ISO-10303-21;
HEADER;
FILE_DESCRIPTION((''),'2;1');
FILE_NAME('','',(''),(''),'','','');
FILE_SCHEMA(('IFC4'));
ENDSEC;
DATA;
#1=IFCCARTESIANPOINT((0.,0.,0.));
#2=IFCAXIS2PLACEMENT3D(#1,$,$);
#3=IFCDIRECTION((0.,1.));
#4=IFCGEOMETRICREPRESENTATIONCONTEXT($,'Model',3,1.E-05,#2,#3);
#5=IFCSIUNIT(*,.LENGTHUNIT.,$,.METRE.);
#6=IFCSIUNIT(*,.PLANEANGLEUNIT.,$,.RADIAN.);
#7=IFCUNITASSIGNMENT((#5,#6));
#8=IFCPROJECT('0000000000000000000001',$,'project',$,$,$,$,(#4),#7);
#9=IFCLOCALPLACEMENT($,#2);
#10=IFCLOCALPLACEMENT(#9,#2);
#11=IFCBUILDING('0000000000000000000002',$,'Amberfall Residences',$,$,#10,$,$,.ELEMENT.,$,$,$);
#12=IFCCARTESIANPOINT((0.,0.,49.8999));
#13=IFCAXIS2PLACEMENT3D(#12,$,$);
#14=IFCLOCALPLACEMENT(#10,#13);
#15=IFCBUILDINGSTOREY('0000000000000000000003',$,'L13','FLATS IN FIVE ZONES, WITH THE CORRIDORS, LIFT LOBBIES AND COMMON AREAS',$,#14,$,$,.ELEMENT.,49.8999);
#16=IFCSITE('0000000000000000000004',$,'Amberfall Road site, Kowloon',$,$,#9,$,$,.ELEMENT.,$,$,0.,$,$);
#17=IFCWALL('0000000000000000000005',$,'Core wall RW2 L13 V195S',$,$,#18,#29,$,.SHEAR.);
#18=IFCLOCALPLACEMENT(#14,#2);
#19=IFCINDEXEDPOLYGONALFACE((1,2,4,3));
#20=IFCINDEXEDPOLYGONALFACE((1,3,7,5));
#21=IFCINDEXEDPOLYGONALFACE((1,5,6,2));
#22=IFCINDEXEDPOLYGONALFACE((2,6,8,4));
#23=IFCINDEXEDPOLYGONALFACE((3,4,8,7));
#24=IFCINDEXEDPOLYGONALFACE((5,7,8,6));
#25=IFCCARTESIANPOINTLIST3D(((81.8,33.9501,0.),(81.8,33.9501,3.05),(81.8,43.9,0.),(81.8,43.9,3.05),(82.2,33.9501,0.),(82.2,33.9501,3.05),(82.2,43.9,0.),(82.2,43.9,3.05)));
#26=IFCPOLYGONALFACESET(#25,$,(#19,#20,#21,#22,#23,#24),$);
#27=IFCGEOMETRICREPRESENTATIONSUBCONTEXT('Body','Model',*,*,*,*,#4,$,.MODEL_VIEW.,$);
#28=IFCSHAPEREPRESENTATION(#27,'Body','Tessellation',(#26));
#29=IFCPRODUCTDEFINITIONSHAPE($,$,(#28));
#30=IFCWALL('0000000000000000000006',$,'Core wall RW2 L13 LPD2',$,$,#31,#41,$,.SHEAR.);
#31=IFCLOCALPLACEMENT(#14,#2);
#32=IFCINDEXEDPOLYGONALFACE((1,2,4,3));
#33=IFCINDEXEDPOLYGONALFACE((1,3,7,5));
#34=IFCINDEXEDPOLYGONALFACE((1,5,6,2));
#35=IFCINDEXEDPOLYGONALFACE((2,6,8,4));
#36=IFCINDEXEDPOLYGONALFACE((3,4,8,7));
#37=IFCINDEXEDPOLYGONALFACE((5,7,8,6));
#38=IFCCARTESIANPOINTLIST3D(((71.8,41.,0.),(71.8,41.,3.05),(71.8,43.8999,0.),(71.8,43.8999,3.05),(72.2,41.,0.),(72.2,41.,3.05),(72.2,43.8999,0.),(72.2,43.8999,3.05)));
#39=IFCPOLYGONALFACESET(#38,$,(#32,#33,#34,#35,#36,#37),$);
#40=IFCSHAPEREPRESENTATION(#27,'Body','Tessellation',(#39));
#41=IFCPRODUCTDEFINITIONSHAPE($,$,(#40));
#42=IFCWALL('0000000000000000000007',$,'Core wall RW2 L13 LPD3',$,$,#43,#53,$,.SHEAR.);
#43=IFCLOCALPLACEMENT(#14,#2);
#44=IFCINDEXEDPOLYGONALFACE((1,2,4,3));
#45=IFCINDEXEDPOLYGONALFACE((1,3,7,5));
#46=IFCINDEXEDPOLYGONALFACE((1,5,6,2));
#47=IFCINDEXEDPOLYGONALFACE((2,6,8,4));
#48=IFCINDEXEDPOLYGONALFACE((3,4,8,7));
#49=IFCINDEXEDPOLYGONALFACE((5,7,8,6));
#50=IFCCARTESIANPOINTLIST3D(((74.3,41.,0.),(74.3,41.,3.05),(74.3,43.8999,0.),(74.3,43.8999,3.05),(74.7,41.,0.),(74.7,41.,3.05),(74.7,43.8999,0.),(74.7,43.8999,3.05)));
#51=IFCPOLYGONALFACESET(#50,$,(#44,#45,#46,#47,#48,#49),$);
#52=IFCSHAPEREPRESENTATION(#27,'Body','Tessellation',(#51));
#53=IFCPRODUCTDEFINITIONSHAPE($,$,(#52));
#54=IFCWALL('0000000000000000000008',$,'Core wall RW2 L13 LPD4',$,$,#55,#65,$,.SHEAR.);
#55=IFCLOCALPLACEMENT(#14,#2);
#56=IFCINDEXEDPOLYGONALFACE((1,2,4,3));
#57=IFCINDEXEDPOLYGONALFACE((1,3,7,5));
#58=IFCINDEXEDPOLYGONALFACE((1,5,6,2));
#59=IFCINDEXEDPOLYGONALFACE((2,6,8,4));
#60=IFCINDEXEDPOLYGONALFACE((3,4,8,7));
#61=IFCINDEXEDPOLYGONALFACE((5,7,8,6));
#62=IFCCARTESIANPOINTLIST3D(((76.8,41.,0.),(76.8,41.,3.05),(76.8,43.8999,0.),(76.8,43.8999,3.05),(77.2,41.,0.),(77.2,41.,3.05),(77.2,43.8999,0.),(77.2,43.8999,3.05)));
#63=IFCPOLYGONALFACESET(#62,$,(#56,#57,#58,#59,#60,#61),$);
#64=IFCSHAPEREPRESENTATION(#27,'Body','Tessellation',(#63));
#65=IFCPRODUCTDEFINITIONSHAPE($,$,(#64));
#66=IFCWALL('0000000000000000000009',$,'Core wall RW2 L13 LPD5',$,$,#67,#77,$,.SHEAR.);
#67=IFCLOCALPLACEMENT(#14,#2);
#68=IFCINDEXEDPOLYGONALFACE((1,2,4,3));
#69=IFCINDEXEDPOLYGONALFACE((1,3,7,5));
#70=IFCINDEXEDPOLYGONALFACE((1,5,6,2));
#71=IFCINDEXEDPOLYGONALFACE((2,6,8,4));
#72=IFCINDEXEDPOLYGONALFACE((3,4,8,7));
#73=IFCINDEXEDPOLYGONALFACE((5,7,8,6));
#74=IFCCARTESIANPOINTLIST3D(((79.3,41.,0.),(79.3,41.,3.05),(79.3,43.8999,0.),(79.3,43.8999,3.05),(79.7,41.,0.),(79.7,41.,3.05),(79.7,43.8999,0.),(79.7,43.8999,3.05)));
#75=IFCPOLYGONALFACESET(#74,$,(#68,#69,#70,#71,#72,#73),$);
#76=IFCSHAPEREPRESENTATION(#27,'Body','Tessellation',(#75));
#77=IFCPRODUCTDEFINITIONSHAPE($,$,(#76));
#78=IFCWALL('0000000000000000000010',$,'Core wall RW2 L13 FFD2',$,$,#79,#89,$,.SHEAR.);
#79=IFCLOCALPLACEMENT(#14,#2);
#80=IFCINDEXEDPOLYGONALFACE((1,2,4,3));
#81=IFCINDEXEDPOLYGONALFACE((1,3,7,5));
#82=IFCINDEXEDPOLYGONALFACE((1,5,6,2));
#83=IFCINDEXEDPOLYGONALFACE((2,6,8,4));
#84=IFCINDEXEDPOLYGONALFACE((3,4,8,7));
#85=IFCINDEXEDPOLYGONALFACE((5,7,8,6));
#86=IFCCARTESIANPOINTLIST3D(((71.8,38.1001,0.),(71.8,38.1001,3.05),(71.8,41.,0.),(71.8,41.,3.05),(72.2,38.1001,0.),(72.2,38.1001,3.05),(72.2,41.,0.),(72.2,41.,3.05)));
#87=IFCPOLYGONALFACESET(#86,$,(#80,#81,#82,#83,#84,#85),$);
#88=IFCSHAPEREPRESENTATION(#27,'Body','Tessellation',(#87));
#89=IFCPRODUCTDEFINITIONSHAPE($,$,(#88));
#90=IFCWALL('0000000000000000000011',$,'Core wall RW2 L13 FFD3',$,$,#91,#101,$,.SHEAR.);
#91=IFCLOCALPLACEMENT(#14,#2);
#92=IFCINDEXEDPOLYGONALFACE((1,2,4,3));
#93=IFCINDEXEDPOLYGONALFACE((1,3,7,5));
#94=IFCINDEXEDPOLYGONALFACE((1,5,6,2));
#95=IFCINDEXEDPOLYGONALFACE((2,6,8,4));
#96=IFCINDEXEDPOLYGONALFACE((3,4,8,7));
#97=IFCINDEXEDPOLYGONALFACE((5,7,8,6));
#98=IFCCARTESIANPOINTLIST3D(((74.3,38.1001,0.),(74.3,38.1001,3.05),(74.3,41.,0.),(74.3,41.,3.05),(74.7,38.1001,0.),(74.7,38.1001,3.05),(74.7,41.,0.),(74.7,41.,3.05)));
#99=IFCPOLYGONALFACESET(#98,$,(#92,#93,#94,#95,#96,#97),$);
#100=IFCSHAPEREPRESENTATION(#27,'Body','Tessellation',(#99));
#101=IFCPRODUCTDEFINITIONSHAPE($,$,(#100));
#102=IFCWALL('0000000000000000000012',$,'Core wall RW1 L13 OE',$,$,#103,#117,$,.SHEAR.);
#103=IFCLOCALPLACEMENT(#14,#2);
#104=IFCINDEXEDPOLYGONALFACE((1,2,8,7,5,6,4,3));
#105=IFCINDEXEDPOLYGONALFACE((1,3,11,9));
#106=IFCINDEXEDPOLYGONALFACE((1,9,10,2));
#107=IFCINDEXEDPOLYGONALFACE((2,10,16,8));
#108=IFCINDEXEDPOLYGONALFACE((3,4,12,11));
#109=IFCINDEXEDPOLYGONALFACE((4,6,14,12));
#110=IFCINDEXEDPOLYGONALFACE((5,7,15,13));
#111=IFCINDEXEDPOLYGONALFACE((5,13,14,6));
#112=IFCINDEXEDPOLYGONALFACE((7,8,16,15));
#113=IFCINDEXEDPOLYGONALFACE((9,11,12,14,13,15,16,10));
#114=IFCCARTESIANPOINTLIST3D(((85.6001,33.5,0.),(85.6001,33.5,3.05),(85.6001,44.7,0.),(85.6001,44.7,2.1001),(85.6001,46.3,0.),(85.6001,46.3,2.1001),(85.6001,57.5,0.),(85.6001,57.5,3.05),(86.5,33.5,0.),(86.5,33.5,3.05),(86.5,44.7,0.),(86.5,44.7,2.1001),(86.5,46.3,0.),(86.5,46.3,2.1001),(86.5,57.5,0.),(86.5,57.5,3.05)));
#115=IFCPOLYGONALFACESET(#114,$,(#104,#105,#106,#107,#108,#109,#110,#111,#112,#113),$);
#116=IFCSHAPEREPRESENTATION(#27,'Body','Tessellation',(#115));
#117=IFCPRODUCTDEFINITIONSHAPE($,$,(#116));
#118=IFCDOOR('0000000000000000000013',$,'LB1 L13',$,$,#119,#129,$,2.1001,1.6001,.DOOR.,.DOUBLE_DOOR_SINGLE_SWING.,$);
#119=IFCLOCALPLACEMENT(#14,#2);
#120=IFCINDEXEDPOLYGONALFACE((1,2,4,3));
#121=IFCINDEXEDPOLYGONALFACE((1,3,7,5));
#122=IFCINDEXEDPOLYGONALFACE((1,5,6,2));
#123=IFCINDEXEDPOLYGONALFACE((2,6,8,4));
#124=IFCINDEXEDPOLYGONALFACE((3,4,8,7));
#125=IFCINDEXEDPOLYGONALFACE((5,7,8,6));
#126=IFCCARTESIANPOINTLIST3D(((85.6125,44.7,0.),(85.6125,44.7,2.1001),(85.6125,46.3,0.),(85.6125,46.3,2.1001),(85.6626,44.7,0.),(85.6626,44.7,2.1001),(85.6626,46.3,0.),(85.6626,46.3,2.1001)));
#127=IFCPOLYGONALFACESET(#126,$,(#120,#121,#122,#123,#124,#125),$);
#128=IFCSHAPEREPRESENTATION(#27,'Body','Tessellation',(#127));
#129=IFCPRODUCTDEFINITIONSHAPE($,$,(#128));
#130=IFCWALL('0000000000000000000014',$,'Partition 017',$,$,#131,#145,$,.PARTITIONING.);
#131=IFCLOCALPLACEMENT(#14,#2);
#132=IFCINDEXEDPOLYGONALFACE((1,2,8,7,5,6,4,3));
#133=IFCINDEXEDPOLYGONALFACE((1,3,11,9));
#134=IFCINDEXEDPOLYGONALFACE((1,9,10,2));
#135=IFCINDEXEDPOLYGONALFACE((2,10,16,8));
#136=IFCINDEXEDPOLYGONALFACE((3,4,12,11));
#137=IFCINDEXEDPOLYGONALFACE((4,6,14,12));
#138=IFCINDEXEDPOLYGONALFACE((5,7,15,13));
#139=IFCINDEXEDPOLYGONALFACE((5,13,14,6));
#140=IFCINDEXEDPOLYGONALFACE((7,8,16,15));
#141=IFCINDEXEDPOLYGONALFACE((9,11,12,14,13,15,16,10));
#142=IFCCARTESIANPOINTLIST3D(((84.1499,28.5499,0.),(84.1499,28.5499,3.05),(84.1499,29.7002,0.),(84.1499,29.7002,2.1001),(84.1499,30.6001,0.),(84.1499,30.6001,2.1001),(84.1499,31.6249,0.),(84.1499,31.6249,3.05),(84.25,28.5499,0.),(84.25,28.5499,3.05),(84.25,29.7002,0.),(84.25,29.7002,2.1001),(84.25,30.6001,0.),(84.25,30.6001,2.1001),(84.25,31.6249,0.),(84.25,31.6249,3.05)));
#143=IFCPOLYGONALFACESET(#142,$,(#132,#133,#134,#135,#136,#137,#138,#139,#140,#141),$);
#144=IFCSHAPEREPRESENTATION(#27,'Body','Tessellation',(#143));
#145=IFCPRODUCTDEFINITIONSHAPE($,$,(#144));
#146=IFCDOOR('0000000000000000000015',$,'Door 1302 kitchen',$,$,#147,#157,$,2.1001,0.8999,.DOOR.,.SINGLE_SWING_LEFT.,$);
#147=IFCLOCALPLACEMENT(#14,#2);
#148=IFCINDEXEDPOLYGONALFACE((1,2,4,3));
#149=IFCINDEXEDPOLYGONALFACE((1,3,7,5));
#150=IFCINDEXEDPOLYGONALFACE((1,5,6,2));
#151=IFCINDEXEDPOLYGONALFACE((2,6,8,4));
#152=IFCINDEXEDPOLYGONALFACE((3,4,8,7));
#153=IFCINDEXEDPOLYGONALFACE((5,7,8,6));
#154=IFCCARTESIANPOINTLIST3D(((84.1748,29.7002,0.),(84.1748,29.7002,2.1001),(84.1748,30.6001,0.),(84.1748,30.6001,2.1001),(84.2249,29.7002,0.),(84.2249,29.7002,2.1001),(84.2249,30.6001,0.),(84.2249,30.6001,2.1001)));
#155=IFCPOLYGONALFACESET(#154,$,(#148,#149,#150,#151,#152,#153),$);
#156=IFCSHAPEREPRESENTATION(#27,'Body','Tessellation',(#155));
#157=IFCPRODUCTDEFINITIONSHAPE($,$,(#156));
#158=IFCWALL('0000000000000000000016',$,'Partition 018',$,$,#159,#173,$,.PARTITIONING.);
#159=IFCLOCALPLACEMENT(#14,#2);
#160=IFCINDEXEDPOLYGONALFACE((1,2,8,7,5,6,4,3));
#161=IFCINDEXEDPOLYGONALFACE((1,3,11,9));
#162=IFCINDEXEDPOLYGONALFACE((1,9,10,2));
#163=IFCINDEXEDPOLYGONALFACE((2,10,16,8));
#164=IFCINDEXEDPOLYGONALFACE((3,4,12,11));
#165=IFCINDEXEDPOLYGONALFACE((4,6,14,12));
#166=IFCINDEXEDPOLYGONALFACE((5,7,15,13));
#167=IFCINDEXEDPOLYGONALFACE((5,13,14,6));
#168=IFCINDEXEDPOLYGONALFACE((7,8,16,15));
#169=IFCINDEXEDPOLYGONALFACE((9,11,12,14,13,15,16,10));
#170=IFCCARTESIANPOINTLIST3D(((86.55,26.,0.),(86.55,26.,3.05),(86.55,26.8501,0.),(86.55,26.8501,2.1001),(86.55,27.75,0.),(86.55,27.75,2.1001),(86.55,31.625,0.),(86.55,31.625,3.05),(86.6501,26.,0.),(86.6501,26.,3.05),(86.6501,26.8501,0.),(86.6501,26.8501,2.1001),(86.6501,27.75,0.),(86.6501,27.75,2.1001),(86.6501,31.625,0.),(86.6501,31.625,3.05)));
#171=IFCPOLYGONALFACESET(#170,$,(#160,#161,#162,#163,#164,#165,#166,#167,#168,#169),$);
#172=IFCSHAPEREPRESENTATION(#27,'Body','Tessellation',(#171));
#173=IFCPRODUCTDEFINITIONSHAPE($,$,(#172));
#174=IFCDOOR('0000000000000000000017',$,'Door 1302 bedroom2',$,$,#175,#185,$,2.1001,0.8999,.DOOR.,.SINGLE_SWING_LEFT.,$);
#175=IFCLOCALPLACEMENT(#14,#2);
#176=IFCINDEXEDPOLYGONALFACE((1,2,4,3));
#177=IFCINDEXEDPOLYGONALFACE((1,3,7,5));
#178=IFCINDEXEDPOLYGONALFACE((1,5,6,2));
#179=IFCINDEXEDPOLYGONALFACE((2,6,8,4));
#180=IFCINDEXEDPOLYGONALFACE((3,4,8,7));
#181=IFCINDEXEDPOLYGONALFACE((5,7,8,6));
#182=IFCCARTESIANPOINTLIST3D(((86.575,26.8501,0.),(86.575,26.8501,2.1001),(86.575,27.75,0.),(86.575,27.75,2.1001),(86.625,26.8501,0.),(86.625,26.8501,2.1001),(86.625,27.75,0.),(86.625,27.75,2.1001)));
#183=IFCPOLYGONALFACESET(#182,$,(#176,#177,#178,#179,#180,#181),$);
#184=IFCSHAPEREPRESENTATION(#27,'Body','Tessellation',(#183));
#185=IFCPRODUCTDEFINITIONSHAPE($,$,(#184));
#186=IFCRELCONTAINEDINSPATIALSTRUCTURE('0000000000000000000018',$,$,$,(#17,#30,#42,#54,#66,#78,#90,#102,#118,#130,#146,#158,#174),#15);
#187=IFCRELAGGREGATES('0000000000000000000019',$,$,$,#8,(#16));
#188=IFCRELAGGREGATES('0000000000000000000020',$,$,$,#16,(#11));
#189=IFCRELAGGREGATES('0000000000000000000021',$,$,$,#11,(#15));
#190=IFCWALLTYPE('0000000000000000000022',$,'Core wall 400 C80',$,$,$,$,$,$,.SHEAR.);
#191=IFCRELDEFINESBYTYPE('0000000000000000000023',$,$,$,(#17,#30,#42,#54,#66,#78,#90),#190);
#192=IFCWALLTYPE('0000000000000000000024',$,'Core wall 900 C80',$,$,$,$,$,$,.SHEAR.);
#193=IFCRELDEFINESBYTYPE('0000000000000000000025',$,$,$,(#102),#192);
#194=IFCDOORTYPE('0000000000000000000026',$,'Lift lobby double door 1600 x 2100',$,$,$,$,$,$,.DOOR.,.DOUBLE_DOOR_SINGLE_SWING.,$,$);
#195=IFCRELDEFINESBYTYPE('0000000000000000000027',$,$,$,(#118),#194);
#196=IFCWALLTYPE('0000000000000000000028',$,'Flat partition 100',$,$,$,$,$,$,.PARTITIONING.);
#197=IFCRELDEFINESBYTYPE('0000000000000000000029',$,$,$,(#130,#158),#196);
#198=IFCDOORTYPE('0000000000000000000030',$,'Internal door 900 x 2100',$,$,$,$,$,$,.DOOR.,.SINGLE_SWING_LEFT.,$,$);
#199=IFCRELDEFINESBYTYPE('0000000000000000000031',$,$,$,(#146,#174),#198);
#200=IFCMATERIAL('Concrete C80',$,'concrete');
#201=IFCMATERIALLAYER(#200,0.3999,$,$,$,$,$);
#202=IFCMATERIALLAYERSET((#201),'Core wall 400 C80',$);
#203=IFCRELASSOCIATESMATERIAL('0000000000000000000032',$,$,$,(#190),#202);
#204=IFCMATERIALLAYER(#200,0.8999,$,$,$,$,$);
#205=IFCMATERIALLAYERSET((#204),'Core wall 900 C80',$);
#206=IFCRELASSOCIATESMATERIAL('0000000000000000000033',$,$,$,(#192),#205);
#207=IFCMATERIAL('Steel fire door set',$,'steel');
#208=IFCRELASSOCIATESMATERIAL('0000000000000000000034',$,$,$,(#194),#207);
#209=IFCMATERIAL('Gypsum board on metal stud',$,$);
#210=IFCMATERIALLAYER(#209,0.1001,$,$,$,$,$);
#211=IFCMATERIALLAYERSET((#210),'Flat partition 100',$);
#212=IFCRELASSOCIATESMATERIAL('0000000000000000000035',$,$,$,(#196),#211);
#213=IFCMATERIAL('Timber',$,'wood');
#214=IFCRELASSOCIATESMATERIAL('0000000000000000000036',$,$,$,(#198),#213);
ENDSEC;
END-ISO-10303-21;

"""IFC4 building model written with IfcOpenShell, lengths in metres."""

from ifc_helpers import new_model, si_unit, direction, frame, frame_2d, origin, place, context, subcontext, project, spatial, rectangle, extrude, material, layer, layer_set, type_object, element, fill, save


model = new_model("IFC4")

# Units and contexts
model_context = context("Model", 3, precision=1e-05, world=origin(), true_north=direction((0.0, 1.0)))
body_context = subcontext(model_context, "Body", "Model", "MODEL_VIEW")
ifc_project = project(units=[si_unit("LENGTHUNIT", "METRE"), si_unit("PLANEANGLEUNIT", "RADIAN")], contexts=[model_context])

# Site, building, storey
site_placement = place(None, origin())
site = spatial("IfcSite", under=ifc_project, at=site_placement, Name="Amberfall Road site, Kowloon", CompositionType="ELEMENT", RefElevation=0.0)
building_placement = place(site_placement, origin())
building = spatial("IfcBuilding", under=site, at=building_placement, Name="Amberfall Residences", CompositionType="ELEMENT")
storey_placement = place(building_placement, frame((0.0, 0.0, 49.8999)))
storey = spatial("IfcBuildingStorey", under=building, at=storey_placement, Name="L13", Description="FLATS IN FIVE ZONES, WITH THE CORRIDORS, LIFT LOBBIES AND COMMON AREAS", CompositionType="ELEMENT", Elevation=49.8999)

# Walls
ifc_material_1 = material(Name="Concrete C80", Category="concrete")
ifc_layer_1 = layer(ifc_material_1, 0.3999)
ifc_layer_set_1 = layer_set([ifc_layer_1], Name="Core wall 400 C80")
wall_type_1 = type_object("IfcWallType", Name="Core wall 400 C80", PredefinedType="SHEAR", material=ifc_layer_set_1)
wall_1_placement = place(storey_placement, frame((82.0, 33.95, 0.0), z_axis=(0.0, 0.0, 1.0), x_axis=(0.0, 1.0, 0.0)))
element("IfcWall", 1, at=wall_1_placement, inside=storey, type_object=wall_type_1, Name="Core wall RW2 L13 V195S", PredefinedType="SHEAR", context=body_context, shape_type="SweptSolid", body=[
    extrude(rectangle(XDim=9.95, YDim=0.3999, at=frame_2d((4.9751, 0.0))), origin(), (0.0, 0.0, 1.0), 3.05),
])
for number, where, z_axis, x_axis, name in (
    (2, (72.0, 41.0, 0.0), (0.0, 0.0, 1.0), (0.0, 1.0, 0.0), "Core wall RW2 L13 LPD2"),
    (3, (74.5, 41.0, 0.0), (0.0, 0.0, 1.0), (0.0, 1.0, 0.0), "Core wall RW2 L13 LPD3"),
    (4, (77.0, 41.0, 0.0), (0.0, 0.0, 1.0), (0.0, 1.0, 0.0), "Core wall RW2 L13 LPD4"),
    (5, (79.5, 41.0, 0.0), (0.0, 0.0, 1.0), (0.0, 1.0, 0.0), "Core wall RW2 L13 LPD5"),
    (6, (72.0, 38.1001, 0.0), (0.0, 0.0, 1.0), (0.0, 1.0, 0.0), "Core wall RW2 L13 FFD2"),
    (7, (74.5, 38.1001, 0.0), (0.0, 0.0, 1.0), (0.0, 1.0, 0.0), "Core wall RW2 L13 FFD3"),
):
    element("IfcWall", number, at=place(storey_placement, frame(where, z_axis=z_axis, x_axis=x_axis)), inside=storey, type_object=wall_type_1, Name=name, PredefinedType="SHEAR", context=body_context, shape_type="SweptSolid", body=[
        extrude(rectangle(XDim=2.8999, YDim=0.3999, at=frame_2d((1.45, 0.0))), origin(), (0.0, 0.0, 1.0), 3.05),
    ])

# Walls, openings, doors
ifc_layer_2 = layer(ifc_material_1, 0.8999)
ifc_layer_set_2 = layer_set([ifc_layer_2], Name="Core wall 900 C80")
wall_type_2 = type_object("IfcWallType", Name="Core wall 900 C80", PredefinedType="SHEAR", material=ifc_layer_set_2)
wall_2_placement = place(storey_placement, frame((86.05, 33.5, 0.0), z_axis=(0.0, 0.0, 1.0), x_axis=(0.0, 1.0, 0.0)))
wall_2 = element("IfcWall", 8, at=wall_2_placement, inside=storey, type_object=wall_type_2, Name="Core wall RW1 L13 OE", PredefinedType="SHEAR", context=body_context, shape_type="SweptSolid", body=[
    extrude(rectangle(XDim=24.0, YDim=0.8999, at=frame_2d((12.0, 0.0))), origin(), (0.0, 0.0, 1.0), 3.05),
])
opening_1_placement = place(wall_2_placement, frame((11.2, 0.0, 0.0)))
opening_1 = element("IfcOpeningElement", 9, at=opening_1_placement, cuts=wall_2, PredefinedType="OPENING", context=body_context, shape_type="SweptSolid", body=[
    extrude(rectangle(XDim=1.6001, YDim=2.1001, at=frame_2d((0.8, 1.05))), frame((0.0, 0.46, 0.0), z_axis=(0.0, -1.0, 0.0), x_axis=(1.0, 0.0, 0.0)), (0.0, 0.0, 1.0), 0.9199),
])
ifc_material_2 = material(Name="Steel fire door set", Category="steel")
door_type_1 = type_object("IfcDoorType", Name="Lift lobby double door 1600 x 2100", OperationType="DOUBLE_DOOR_SINGLE_SWING", PredefinedType="DOOR", material=ifc_material_2)
door_1_placement = place(opening_1_placement, origin())
door_1 = element("IfcDoor", 10, at=door_1_placement, inside=storey, type_object=door_type_1, Name="LB1 L13", OperationType="DOUBLE_DOOR_SINGLE_SWING", OverallHeight=2.1001, OverallWidth=1.6001, PredefinedType="DOOR", context=body_context, shape_type="SweptSolid", body=[
    extrude(rectangle(XDim=1.6001, YDim=2.1001, at=frame_2d((0.8, 1.05))), frame((0.0, 0.4375, 0.0), z_axis=(0.0, -1.0, 0.0), x_axis=(1.0, 0.0, 0.0)), (0.0, 0.0, 1.0), 0.05),
])
fill(opening_1, door_1)
ifc_material_3 = material(Name="Gypsum board on metal stud")
ifc_layer_3 = layer(ifc_material_3, 0.1001)
ifc_layer_set_3 = layer_set([ifc_layer_3], Name="Flat partition 100")
wall_type_3 = type_object("IfcWallType", Name="Flat partition 100", PredefinedType="PARTITIONING", material=ifc_layer_set_3)
wall_3_placement = place(storey_placement, frame((84.2, 31.625, 0.0), z_axis=(0.0, 0.0, 1.0), x_axis=(0.0, -1.0, 0.0)))
wall_3 = element("IfcWall", 11, at=wall_3_placement, inside=storey, type_object=wall_type_3, Name="Partition 017", PredefinedType="PARTITIONING", context=body_context, shape_type="SweptSolid", body=[
    extrude(rectangle(XDim=3.075, YDim=0.1001, at=frame_2d((1.5376, 0.0))), origin(), (0.0, 0.0, 1.0), 3.05),
])
opening_2_placement = place(wall_3_placement, frame((1.0249, 0.0, 0.0)))
opening_2 = element("IfcOpeningElement", 12, at=opening_2_placement, cuts=wall_3, PredefinedType="OPENING", context=body_context, shape_type="SweptSolid", body=[
    extrude(rectangle(XDim=0.8999, YDim=2.1001, at=frame_2d((0.45, 1.05))), frame((0.0, 0.0601, 0.0), z_axis=(0.0, -1.0, 0.0), x_axis=(1.0, 0.0, 0.0)), (0.0, 0.0, 1.0), 0.1201),
])
ifc_material_4 = material(Name="Timber", Category="wood")
door_type_2 = type_object("IfcDoorType", Name="Internal door 900 x 2100", OperationType="SINGLE_SWING_LEFT", PredefinedType="DOOR", material=ifc_material_4)
door_2_placement = place(opening_2_placement, origin())
door_2 = element("IfcDoor", 13, at=door_2_placement, inside=storey, type_object=door_type_2, Name="Door 1302 kitchen", OperationType="SINGLE_SWING_LEFT", OverallHeight=2.1001, OverallWidth=0.8999, PredefinedType="DOOR", context=body_context, shape_type="SweptSolid", body=[
    extrude(rectangle(XDim=0.8999, YDim=2.1001, at=frame_2d((0.45, 1.05))), frame((0.0, 0.0249, 0.0), z_axis=(0.0, -1.0, 0.0), x_axis=(1.0, 0.0, 0.0)), (0.0, 0.0, 1.0), 0.05),
])
fill(opening_2, door_2)
wall_4_placement = place(storey_placement, frame((86.6001, 31.625, 0.0), z_axis=(0.0, 0.0, 1.0), x_axis=(0.0, -1.0, 0.0)))
wall_4 = element("IfcWall", 14, at=wall_4_placement, inside=storey, type_object=wall_type_3, Name="Partition 018", PredefinedType="PARTITIONING", context=body_context, shape_type="SweptSolid", body=[
    extrude(rectangle(XDim=5.625, YDim=0.1001, at=frame_2d((2.8125, 0.0))), origin(), (0.0, 0.0, 1.0), 3.05),
])
opening_3_placement = place(wall_4_placement, frame((3.875, 0.0, 0.0)))
opening_3 = element("IfcOpeningElement", 15, at=opening_3_placement, cuts=wall_4, PredefinedType="OPENING", context=body_context, shape_type="SweptSolid", body=[
    extrude(rectangle(XDim=0.8999, YDim=2.1001, at=frame_2d((0.45, 1.05))), frame((0.0, 0.0601, 0.0), z_axis=(0.0, -1.0, 0.0), x_axis=(1.0, 0.0, 0.0)), (0.0, 0.0, 1.0), 0.1201),
])
door_3_placement = place(opening_3_placement, origin())
door_3 = element("IfcDoor", 16, at=door_3_placement, inside=storey, type_object=door_type_2, Name="Door 1302 bedroom2", OperationType="SINGLE_SWING_LEFT", OverallHeight=2.1001, OverallWidth=0.8999, PredefinedType="DOOR", context=body_context, shape_type="SweptSolid", body=[
    extrude(rectangle(XDim=0.8999, YDim=2.1001, at=frame_2d((0.45, 1.05))), frame((0.0, 0.0249, 0.0), z_axis=(0.0, -1.0, 0.0), x_axis=(1.0, 0.0, 0.0)), (0.0, 0.0, 1.0), 0.05),
])
fill(opening_3, door_3)

save(model, "model.ifc")
